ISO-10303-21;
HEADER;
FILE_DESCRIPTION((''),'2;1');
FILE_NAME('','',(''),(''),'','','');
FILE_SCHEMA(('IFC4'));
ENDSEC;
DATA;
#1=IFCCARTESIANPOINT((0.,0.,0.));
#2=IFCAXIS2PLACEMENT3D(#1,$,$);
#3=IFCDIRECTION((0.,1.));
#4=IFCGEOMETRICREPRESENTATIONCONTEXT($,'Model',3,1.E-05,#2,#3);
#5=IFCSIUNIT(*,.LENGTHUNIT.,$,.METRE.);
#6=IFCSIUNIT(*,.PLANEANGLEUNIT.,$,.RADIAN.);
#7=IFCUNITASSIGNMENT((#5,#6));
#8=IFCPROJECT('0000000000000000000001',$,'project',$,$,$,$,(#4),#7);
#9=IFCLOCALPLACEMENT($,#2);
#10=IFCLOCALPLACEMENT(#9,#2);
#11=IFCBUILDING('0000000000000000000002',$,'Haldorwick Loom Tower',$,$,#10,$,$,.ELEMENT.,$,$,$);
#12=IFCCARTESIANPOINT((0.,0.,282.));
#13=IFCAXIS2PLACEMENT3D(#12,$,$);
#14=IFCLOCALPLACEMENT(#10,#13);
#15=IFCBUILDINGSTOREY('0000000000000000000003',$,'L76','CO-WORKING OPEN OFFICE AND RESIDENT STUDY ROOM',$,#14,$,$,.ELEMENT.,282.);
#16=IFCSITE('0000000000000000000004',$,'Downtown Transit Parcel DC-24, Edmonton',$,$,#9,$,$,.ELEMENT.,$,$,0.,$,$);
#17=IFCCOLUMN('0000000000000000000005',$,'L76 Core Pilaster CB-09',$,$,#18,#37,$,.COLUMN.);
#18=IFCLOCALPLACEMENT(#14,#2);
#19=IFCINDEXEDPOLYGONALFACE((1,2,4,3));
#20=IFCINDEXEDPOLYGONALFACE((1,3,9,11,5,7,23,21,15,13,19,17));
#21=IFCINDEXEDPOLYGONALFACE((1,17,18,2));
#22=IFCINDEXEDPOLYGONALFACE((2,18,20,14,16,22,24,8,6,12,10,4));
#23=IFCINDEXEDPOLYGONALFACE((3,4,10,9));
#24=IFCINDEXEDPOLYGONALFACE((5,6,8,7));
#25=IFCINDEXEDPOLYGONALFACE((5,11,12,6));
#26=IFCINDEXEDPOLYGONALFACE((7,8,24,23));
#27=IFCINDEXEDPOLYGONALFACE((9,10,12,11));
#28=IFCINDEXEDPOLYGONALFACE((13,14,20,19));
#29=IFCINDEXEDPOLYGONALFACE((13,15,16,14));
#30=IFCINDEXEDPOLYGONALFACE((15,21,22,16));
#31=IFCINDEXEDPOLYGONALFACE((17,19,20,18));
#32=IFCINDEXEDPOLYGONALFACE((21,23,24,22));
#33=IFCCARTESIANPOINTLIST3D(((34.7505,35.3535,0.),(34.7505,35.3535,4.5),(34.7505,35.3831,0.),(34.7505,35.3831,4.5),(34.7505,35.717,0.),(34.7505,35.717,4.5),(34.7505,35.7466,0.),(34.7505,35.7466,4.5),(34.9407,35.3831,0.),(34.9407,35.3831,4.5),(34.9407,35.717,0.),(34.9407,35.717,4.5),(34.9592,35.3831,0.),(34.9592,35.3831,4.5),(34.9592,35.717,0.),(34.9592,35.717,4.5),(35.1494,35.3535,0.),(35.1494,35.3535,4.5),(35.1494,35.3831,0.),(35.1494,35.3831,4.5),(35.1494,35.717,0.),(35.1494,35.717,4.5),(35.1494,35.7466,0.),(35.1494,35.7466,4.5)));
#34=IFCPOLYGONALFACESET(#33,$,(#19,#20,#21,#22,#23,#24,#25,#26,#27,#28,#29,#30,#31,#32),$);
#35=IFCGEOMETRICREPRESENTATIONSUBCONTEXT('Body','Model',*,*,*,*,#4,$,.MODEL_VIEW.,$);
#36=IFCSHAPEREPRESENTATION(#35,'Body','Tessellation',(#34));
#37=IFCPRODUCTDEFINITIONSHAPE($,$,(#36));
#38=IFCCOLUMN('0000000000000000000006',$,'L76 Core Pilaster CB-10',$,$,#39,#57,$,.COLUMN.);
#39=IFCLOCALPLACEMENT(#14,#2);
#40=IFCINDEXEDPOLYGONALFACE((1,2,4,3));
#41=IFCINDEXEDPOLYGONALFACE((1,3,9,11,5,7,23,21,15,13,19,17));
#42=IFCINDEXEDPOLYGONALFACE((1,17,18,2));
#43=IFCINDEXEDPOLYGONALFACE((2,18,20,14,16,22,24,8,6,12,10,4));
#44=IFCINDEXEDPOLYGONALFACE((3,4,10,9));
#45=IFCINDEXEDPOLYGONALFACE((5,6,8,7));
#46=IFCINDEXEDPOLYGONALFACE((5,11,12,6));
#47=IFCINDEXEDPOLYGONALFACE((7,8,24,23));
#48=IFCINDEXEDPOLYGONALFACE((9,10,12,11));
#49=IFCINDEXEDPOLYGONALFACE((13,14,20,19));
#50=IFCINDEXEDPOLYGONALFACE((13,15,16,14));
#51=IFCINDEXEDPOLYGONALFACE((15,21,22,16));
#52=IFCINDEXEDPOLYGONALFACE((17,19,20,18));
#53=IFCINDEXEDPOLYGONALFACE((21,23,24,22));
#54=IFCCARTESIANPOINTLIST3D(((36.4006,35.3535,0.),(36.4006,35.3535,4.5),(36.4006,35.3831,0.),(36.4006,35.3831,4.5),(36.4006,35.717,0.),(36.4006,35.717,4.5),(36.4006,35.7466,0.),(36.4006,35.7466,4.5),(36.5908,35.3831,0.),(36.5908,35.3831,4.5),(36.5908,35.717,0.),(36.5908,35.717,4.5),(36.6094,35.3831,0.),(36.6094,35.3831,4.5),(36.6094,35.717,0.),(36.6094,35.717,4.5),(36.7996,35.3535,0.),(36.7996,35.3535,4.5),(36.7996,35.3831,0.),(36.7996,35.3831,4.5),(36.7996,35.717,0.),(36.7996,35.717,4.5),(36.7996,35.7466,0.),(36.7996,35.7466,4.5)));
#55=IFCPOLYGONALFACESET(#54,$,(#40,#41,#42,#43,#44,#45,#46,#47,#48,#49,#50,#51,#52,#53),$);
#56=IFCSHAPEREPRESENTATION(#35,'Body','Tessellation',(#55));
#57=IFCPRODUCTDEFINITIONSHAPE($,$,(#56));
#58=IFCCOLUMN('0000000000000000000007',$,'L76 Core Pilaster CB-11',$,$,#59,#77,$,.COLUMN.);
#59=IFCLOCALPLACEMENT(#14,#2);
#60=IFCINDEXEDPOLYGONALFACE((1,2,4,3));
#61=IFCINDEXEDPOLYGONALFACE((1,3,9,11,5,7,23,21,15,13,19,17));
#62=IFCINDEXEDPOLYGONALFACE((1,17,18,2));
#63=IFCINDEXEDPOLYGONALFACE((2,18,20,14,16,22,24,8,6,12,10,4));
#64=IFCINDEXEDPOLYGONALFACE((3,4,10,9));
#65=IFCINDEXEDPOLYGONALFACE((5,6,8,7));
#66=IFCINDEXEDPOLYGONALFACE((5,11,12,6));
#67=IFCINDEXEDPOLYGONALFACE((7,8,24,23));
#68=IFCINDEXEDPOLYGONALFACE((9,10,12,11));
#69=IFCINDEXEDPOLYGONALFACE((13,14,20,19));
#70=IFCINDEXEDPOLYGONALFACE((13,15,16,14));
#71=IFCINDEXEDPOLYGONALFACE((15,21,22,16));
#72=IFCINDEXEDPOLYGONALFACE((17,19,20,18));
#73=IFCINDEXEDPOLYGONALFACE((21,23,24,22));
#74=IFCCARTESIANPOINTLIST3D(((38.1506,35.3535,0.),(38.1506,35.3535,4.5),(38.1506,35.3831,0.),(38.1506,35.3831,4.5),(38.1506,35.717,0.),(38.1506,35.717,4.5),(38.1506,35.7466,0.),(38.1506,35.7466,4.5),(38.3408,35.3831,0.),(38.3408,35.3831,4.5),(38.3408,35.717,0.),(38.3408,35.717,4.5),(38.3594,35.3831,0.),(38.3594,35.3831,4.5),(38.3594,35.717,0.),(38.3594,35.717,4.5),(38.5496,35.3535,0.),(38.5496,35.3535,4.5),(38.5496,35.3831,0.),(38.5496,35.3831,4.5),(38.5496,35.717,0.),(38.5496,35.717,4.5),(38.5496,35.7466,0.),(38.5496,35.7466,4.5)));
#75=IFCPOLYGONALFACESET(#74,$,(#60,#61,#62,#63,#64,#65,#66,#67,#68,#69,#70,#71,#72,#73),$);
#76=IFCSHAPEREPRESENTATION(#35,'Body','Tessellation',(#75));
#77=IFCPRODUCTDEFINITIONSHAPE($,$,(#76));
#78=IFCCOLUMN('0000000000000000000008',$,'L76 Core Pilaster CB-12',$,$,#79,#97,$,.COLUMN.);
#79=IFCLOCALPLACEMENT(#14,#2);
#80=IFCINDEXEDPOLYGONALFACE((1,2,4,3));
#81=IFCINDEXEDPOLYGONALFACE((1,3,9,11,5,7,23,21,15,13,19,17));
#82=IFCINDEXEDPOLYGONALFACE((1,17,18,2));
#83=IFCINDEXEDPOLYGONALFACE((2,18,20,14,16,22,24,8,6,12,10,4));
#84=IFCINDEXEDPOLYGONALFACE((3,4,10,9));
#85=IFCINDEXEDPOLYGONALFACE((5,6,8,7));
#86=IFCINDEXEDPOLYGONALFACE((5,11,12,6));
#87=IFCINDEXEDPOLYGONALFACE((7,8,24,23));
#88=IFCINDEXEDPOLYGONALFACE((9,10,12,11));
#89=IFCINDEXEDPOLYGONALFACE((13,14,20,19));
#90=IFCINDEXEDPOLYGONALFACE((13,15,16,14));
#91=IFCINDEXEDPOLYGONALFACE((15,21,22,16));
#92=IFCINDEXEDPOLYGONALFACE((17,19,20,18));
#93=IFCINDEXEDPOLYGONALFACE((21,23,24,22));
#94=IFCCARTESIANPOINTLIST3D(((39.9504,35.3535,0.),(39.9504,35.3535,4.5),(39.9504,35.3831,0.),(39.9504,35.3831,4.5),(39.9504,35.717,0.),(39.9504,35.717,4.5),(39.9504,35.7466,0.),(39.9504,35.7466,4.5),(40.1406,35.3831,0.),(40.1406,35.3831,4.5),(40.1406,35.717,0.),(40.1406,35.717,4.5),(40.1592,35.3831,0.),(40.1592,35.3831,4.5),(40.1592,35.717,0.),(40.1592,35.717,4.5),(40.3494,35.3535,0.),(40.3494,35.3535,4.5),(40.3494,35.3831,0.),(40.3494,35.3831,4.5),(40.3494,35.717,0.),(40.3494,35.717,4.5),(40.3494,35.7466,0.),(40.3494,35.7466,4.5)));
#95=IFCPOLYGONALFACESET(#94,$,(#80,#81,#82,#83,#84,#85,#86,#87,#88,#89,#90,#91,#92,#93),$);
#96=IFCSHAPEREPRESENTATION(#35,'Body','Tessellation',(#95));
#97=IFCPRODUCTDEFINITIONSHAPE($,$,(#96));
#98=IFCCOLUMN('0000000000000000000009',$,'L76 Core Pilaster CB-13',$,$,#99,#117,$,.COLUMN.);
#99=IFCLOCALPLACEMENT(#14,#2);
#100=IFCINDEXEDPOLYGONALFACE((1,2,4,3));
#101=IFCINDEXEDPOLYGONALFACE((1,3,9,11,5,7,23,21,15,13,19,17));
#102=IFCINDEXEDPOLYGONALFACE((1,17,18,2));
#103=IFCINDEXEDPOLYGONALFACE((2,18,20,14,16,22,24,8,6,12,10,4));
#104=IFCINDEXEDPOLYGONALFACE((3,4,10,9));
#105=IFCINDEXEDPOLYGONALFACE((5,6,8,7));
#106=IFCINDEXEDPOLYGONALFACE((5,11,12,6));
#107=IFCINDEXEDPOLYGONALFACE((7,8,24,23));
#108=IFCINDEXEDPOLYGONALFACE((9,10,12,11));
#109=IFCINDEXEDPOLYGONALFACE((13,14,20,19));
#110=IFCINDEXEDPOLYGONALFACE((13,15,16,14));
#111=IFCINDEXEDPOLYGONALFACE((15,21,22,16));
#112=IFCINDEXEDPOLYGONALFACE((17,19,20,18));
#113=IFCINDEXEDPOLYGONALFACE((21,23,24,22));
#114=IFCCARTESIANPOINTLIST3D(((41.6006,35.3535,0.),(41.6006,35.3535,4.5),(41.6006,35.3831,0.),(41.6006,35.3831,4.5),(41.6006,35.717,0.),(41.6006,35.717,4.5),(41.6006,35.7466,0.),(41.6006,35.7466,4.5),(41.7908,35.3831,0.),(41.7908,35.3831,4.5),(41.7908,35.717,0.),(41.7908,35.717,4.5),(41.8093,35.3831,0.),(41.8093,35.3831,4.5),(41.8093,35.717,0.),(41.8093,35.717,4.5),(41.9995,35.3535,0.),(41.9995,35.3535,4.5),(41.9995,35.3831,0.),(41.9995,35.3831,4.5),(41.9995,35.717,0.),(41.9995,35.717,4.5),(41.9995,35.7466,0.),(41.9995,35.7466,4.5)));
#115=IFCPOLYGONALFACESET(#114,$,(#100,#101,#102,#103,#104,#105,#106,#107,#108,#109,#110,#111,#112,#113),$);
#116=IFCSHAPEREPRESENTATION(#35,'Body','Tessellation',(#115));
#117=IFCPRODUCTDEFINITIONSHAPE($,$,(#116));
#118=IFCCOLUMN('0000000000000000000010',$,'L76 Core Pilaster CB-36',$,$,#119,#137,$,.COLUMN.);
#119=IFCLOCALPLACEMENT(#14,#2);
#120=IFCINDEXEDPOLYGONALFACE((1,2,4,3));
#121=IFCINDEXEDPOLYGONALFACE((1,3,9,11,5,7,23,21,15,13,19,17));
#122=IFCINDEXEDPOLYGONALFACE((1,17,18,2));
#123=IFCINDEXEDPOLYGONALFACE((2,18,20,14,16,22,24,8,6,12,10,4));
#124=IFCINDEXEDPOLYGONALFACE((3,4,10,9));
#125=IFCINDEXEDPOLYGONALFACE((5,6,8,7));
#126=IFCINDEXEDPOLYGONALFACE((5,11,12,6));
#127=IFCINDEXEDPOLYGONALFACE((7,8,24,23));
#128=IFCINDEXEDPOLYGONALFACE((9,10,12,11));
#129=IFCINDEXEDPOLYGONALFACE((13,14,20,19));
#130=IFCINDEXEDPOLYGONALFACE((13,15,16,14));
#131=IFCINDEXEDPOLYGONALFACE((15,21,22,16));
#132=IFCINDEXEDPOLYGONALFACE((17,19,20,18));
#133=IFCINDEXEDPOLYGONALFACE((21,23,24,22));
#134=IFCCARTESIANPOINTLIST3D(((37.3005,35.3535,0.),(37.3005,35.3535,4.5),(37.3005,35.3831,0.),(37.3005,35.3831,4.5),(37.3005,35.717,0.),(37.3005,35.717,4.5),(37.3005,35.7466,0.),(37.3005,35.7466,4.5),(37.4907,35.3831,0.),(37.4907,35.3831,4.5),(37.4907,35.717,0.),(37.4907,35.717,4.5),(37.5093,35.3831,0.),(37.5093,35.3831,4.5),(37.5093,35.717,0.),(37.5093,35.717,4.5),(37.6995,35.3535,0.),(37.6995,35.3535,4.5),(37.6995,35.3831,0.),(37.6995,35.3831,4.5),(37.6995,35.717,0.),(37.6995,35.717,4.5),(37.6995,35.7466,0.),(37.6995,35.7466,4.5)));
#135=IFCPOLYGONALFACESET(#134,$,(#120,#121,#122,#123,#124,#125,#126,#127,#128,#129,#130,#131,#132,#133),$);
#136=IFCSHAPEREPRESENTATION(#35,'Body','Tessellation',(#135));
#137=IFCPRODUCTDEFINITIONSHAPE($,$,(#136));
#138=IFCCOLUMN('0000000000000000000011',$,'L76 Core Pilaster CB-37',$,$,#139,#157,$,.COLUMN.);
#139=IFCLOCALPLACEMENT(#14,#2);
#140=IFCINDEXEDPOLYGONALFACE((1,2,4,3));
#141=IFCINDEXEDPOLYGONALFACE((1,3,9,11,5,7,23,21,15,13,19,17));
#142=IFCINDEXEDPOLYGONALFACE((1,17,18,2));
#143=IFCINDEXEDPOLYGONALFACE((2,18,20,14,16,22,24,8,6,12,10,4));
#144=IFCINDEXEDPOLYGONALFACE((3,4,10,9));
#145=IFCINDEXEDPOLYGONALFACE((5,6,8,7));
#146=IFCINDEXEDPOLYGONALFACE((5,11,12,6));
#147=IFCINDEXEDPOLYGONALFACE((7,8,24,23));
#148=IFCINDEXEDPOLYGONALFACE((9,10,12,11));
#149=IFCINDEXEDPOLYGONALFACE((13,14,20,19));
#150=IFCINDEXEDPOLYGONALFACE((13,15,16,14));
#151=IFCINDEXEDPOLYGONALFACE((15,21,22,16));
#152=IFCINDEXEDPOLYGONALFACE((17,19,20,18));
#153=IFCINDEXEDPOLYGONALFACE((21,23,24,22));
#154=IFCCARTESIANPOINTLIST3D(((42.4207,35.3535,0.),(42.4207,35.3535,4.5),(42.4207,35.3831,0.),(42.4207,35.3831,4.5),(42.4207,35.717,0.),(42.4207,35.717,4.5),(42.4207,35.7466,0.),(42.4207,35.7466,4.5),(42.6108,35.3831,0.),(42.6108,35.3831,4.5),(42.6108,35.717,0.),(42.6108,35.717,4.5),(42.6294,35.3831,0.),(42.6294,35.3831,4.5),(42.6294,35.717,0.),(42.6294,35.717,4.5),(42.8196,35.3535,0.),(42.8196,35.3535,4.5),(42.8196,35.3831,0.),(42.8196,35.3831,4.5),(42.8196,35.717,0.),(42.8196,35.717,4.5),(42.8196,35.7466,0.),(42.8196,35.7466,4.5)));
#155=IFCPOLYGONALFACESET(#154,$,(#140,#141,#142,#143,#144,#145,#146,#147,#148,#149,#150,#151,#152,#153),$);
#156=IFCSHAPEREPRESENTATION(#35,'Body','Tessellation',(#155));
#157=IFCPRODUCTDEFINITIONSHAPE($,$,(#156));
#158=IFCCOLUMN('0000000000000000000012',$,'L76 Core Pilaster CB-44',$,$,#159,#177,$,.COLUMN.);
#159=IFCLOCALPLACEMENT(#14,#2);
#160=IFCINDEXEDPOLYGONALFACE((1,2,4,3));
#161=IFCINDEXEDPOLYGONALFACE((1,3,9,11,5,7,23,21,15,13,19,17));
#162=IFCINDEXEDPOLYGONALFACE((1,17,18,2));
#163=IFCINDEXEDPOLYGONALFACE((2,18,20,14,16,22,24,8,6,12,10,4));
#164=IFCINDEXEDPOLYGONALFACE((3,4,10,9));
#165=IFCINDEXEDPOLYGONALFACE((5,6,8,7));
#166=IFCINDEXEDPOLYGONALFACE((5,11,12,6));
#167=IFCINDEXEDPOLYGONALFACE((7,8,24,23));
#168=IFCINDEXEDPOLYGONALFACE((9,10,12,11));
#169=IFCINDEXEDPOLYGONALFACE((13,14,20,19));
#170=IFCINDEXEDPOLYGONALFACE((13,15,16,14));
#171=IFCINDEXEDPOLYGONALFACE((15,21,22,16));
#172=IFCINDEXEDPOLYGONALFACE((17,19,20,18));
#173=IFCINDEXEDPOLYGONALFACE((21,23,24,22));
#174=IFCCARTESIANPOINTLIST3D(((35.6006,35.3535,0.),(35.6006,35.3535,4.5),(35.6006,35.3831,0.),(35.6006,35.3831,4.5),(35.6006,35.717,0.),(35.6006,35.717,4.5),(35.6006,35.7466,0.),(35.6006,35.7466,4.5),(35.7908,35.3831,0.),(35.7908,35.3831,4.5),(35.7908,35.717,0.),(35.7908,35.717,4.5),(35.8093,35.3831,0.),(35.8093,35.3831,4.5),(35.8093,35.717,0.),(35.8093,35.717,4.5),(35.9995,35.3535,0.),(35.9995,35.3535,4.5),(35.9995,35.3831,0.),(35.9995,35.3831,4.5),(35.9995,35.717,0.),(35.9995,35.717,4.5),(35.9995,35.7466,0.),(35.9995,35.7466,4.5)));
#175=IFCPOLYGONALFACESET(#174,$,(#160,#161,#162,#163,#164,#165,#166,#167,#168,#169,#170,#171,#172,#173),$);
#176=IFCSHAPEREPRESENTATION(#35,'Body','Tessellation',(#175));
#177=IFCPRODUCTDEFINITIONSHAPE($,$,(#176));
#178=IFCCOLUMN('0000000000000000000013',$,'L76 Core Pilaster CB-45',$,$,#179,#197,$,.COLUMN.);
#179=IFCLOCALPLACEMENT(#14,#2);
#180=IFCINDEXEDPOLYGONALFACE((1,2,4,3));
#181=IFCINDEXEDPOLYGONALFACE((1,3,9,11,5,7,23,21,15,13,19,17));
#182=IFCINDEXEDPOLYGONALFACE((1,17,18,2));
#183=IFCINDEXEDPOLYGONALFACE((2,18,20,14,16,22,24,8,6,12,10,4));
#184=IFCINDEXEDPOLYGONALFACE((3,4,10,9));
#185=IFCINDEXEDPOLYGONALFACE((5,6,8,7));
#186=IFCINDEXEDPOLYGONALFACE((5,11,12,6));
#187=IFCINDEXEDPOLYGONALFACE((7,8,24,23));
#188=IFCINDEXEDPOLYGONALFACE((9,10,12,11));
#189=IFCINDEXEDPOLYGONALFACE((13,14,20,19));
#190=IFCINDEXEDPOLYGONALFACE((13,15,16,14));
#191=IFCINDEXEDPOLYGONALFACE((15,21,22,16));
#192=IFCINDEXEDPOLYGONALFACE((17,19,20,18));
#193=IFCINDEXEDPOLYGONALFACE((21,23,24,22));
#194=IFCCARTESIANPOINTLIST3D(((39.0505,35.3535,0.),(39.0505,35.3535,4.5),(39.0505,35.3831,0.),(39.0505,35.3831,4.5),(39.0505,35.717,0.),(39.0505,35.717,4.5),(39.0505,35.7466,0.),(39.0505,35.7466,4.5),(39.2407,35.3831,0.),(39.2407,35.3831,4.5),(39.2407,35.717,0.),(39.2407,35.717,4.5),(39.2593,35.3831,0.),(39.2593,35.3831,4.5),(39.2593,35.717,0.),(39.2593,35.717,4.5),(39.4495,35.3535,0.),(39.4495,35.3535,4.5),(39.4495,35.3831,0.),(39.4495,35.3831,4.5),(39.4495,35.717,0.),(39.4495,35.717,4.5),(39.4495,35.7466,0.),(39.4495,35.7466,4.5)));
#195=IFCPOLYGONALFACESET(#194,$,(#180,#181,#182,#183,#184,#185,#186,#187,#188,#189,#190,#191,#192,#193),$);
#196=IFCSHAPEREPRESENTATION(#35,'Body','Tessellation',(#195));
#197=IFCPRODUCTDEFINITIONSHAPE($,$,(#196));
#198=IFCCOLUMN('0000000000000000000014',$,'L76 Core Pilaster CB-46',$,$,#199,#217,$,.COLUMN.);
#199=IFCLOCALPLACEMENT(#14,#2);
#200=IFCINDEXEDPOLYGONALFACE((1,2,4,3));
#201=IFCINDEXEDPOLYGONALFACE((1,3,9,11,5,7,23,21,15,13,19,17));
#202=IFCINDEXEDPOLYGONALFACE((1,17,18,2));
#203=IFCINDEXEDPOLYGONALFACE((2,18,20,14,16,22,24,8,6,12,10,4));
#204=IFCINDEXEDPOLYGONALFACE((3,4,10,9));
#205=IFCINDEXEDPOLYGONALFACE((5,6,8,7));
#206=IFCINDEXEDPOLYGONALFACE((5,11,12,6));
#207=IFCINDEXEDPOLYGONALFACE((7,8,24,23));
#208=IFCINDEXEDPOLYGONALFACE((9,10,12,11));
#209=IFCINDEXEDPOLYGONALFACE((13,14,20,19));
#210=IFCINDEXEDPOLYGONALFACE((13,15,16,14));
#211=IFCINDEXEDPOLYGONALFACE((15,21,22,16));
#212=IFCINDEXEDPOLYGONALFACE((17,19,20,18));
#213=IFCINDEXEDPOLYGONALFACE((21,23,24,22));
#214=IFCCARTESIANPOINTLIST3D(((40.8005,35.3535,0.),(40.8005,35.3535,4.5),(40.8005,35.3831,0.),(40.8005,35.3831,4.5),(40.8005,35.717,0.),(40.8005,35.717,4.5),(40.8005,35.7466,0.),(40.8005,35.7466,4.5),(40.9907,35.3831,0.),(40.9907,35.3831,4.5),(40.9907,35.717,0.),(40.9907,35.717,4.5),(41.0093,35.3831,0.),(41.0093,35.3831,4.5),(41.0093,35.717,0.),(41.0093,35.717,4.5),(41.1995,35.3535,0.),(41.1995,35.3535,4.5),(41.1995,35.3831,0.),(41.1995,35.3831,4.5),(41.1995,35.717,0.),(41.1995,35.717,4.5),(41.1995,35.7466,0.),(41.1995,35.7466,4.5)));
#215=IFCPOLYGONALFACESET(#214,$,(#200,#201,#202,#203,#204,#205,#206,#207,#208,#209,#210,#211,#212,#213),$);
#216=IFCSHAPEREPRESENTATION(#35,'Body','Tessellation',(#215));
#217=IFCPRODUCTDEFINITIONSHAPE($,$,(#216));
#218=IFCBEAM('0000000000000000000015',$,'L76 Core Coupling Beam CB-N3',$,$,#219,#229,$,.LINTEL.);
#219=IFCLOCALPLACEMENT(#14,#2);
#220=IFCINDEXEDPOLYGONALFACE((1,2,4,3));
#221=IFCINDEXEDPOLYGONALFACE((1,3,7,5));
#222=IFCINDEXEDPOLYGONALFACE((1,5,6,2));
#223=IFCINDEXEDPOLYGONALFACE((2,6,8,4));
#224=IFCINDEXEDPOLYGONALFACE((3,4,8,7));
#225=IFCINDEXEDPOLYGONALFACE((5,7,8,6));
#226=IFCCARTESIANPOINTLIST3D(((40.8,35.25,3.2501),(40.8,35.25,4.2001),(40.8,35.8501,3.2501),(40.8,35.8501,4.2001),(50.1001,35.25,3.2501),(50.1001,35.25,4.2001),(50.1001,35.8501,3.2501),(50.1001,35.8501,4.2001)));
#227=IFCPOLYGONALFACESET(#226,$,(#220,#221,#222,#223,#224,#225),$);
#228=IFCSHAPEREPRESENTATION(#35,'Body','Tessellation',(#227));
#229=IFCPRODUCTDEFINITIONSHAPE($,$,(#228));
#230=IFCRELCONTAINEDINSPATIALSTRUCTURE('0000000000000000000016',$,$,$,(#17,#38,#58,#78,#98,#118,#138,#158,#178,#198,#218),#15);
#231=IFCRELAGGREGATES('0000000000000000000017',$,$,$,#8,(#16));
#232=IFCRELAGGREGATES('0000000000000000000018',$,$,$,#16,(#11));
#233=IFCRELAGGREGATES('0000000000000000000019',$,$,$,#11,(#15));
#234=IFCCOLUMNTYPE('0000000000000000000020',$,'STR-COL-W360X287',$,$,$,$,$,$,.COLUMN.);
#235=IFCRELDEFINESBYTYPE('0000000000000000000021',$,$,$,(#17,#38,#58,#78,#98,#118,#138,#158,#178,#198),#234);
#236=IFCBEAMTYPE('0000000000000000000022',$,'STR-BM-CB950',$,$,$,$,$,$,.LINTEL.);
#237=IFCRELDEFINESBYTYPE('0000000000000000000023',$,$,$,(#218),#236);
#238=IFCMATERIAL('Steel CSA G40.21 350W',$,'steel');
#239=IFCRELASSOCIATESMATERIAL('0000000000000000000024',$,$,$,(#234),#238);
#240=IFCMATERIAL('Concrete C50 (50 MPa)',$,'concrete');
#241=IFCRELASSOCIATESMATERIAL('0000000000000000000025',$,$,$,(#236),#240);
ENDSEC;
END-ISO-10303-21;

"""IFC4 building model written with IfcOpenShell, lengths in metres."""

from ifc_helpers import new_model, si_unit, direction, frame, origin, origin_2d, place, context, subcontext, project, spatial, rectangle, i_section, extrude, material, material_profile, profile_set, type_object, element, save


model = new_model("IFC4")

# Units and contexts
model_context = context("Model", 3, precision=1e-05, world=origin(), true_north=direction((0.0, 1.0)))
body_context = subcontext(model_context, "Body", "Model", "MODEL_VIEW")
ifc_project = project(units=[si_unit("LENGTHUNIT", "METRE"), si_unit("PLANEANGLEUNIT", "RADIAN")], contexts=[model_context])

# Site, building, storey
site_placement = place(None, origin())
site = spatial("IfcSite", under=ifc_project, at=site_placement, Name="Downtown Transit Parcel DC-24, Edmonton", CompositionType="ELEMENT", RefElevation=0.0)
building_placement = place(site_placement, origin())
building = spatial("IfcBuilding", under=site, at=building_placement, Name="Haldorwick Loom Tower", CompositionType="ELEMENT")
storey_placement = place(building_placement, frame((0.0, 0.0, 282.0)))
storey = spatial("IfcBuildingStorey", under=building, at=storey_placement, Name="L76", Description="CO-WORKING OPEN OFFICE AND RESIDENT STUDY ROOM", CompositionType="ELEMENT", Elevation=282.0)

# Columns
ifc_material_1 = material(Name="Steel CSA G40.21 350W", Category="steel")
ifc_material_profile_1 = material_profile(ifc_material_1, i_section(OverallWidth=0.3989, OverallDepth=0.3931, WebThickness=0.0186, FlangeThickness=0.0295, at=origin_2d()), Name="W360X287", Category="steel")
ifc_profile_set_1 = profile_set([ifc_material_profile_1], Name="Steel CSA G40.21 350W")
column_type = type_object("IfcColumnType", Name="STR-COL-W360X287", PredefinedType="COLUMN", material=ifc_profile_set_1)
for number, where, z_axis, x_axis, name in (
    (1, (34.95, 35.55, 0.0), (0.0, 0.0, 1.0), (1.0, 0.0, 0.0), "L76 Core Pilaster CB-09"),
    (2, (36.6001, 35.55, 0.0), (0.0, 0.0, 1.0), (1.0, 0.0, 0.0), "L76 Core Pilaster CB-10"),
    (3, (38.3501, 35.55, 0.0), (0.0, 0.0, 1.0), (1.0, 0.0, 0.0), "L76 Core Pilaster CB-11"),
    (4, (40.1499, 35.55, 0.0), (0.0, 0.0, 1.0), (1.0, 0.0, 0.0), "L76 Core Pilaster CB-12"),
    (5, (41.8, 35.55, 0.0), (0.0, 0.0, 1.0), (1.0, 0.0, 0.0), "L76 Core Pilaster CB-13"),
    (6, (37.5, 35.55, 0.0), (0.0, 0.0, 1.0), (1.0, 0.0, 0.0), "L76 Core Pilaster CB-36"),
    (7, (42.6201, 35.55, 0.0), (0.0, 0.0, 1.0), (1.0, 0.0, 0.0), "L76 Core Pilaster CB-37"),
    (8, (35.8, 35.55, 0.0), (0.0, 0.0, 1.0), (1.0, 0.0, 0.0), "L76 Core Pilaster CB-44"),
    (9, (39.25, 35.55, 0.0), (0.0, 0.0, 1.0), (1.0, 0.0, 0.0), "L76 Core Pilaster CB-45"),
    (10, (41.0, 35.55, 0.0), (0.0, 0.0, 1.0), (1.0, 0.0, 0.0), "L76 Core Pilaster CB-46"),
):
    element("IfcColumn", number, at=place(storey_placement, frame(where, z_axis=z_axis, x_axis=x_axis)), inside=storey, type_object=column_type, Name=name, PredefinedType="COLUMN", context=body_context, shape_type="SweptSolid", body=[
        extrude(i_section(OverallWidth=0.3989, OverallDepth=0.3931, WebThickness=0.0186, FlangeThickness=0.0295, at=origin_2d()), origin(), (0.0, 0.0, 1.0), 4.5),
    ])

# Beam
ifc_material_2 = material(Name="Concrete C50 (50 MPa)", Category="concrete")
ifc_material_profile_2 = material_profile(ifc_material_2, rectangle(XDim=0.6001, YDim=0.95, at=origin_2d()), Name="RC600X950", Category="concrete")
ifc_profile_set_2 = profile_set([ifc_material_profile_2], Name="Concrete C50 (50 MPa)")
beam_type = type_object("IfcBeamType", Name="STR-BM-CB950", PredefinedType="LINTEL", material=ifc_profile_set_2)
beam_placement = place(storey_placement, frame((40.8, 35.55, 3.7251), z_axis=(1.0, 0.0, 0.0), x_axis=(0.0, 1.0, 0.0)))
element("IfcBeam", 11, at=beam_placement, inside=storey, type_object=beam_type, Name="L76 Core Coupling Beam CB-N3", PredefinedType="LINTEL", context=body_context, shape_type="SweptSolid", body=[
    extrude(rectangle(XDim=0.6001, YDim=0.95, at=origin_2d()), origin(), (0.0, 0.0, 1.0), 9.3),
])

save(model, "model.ifc")
